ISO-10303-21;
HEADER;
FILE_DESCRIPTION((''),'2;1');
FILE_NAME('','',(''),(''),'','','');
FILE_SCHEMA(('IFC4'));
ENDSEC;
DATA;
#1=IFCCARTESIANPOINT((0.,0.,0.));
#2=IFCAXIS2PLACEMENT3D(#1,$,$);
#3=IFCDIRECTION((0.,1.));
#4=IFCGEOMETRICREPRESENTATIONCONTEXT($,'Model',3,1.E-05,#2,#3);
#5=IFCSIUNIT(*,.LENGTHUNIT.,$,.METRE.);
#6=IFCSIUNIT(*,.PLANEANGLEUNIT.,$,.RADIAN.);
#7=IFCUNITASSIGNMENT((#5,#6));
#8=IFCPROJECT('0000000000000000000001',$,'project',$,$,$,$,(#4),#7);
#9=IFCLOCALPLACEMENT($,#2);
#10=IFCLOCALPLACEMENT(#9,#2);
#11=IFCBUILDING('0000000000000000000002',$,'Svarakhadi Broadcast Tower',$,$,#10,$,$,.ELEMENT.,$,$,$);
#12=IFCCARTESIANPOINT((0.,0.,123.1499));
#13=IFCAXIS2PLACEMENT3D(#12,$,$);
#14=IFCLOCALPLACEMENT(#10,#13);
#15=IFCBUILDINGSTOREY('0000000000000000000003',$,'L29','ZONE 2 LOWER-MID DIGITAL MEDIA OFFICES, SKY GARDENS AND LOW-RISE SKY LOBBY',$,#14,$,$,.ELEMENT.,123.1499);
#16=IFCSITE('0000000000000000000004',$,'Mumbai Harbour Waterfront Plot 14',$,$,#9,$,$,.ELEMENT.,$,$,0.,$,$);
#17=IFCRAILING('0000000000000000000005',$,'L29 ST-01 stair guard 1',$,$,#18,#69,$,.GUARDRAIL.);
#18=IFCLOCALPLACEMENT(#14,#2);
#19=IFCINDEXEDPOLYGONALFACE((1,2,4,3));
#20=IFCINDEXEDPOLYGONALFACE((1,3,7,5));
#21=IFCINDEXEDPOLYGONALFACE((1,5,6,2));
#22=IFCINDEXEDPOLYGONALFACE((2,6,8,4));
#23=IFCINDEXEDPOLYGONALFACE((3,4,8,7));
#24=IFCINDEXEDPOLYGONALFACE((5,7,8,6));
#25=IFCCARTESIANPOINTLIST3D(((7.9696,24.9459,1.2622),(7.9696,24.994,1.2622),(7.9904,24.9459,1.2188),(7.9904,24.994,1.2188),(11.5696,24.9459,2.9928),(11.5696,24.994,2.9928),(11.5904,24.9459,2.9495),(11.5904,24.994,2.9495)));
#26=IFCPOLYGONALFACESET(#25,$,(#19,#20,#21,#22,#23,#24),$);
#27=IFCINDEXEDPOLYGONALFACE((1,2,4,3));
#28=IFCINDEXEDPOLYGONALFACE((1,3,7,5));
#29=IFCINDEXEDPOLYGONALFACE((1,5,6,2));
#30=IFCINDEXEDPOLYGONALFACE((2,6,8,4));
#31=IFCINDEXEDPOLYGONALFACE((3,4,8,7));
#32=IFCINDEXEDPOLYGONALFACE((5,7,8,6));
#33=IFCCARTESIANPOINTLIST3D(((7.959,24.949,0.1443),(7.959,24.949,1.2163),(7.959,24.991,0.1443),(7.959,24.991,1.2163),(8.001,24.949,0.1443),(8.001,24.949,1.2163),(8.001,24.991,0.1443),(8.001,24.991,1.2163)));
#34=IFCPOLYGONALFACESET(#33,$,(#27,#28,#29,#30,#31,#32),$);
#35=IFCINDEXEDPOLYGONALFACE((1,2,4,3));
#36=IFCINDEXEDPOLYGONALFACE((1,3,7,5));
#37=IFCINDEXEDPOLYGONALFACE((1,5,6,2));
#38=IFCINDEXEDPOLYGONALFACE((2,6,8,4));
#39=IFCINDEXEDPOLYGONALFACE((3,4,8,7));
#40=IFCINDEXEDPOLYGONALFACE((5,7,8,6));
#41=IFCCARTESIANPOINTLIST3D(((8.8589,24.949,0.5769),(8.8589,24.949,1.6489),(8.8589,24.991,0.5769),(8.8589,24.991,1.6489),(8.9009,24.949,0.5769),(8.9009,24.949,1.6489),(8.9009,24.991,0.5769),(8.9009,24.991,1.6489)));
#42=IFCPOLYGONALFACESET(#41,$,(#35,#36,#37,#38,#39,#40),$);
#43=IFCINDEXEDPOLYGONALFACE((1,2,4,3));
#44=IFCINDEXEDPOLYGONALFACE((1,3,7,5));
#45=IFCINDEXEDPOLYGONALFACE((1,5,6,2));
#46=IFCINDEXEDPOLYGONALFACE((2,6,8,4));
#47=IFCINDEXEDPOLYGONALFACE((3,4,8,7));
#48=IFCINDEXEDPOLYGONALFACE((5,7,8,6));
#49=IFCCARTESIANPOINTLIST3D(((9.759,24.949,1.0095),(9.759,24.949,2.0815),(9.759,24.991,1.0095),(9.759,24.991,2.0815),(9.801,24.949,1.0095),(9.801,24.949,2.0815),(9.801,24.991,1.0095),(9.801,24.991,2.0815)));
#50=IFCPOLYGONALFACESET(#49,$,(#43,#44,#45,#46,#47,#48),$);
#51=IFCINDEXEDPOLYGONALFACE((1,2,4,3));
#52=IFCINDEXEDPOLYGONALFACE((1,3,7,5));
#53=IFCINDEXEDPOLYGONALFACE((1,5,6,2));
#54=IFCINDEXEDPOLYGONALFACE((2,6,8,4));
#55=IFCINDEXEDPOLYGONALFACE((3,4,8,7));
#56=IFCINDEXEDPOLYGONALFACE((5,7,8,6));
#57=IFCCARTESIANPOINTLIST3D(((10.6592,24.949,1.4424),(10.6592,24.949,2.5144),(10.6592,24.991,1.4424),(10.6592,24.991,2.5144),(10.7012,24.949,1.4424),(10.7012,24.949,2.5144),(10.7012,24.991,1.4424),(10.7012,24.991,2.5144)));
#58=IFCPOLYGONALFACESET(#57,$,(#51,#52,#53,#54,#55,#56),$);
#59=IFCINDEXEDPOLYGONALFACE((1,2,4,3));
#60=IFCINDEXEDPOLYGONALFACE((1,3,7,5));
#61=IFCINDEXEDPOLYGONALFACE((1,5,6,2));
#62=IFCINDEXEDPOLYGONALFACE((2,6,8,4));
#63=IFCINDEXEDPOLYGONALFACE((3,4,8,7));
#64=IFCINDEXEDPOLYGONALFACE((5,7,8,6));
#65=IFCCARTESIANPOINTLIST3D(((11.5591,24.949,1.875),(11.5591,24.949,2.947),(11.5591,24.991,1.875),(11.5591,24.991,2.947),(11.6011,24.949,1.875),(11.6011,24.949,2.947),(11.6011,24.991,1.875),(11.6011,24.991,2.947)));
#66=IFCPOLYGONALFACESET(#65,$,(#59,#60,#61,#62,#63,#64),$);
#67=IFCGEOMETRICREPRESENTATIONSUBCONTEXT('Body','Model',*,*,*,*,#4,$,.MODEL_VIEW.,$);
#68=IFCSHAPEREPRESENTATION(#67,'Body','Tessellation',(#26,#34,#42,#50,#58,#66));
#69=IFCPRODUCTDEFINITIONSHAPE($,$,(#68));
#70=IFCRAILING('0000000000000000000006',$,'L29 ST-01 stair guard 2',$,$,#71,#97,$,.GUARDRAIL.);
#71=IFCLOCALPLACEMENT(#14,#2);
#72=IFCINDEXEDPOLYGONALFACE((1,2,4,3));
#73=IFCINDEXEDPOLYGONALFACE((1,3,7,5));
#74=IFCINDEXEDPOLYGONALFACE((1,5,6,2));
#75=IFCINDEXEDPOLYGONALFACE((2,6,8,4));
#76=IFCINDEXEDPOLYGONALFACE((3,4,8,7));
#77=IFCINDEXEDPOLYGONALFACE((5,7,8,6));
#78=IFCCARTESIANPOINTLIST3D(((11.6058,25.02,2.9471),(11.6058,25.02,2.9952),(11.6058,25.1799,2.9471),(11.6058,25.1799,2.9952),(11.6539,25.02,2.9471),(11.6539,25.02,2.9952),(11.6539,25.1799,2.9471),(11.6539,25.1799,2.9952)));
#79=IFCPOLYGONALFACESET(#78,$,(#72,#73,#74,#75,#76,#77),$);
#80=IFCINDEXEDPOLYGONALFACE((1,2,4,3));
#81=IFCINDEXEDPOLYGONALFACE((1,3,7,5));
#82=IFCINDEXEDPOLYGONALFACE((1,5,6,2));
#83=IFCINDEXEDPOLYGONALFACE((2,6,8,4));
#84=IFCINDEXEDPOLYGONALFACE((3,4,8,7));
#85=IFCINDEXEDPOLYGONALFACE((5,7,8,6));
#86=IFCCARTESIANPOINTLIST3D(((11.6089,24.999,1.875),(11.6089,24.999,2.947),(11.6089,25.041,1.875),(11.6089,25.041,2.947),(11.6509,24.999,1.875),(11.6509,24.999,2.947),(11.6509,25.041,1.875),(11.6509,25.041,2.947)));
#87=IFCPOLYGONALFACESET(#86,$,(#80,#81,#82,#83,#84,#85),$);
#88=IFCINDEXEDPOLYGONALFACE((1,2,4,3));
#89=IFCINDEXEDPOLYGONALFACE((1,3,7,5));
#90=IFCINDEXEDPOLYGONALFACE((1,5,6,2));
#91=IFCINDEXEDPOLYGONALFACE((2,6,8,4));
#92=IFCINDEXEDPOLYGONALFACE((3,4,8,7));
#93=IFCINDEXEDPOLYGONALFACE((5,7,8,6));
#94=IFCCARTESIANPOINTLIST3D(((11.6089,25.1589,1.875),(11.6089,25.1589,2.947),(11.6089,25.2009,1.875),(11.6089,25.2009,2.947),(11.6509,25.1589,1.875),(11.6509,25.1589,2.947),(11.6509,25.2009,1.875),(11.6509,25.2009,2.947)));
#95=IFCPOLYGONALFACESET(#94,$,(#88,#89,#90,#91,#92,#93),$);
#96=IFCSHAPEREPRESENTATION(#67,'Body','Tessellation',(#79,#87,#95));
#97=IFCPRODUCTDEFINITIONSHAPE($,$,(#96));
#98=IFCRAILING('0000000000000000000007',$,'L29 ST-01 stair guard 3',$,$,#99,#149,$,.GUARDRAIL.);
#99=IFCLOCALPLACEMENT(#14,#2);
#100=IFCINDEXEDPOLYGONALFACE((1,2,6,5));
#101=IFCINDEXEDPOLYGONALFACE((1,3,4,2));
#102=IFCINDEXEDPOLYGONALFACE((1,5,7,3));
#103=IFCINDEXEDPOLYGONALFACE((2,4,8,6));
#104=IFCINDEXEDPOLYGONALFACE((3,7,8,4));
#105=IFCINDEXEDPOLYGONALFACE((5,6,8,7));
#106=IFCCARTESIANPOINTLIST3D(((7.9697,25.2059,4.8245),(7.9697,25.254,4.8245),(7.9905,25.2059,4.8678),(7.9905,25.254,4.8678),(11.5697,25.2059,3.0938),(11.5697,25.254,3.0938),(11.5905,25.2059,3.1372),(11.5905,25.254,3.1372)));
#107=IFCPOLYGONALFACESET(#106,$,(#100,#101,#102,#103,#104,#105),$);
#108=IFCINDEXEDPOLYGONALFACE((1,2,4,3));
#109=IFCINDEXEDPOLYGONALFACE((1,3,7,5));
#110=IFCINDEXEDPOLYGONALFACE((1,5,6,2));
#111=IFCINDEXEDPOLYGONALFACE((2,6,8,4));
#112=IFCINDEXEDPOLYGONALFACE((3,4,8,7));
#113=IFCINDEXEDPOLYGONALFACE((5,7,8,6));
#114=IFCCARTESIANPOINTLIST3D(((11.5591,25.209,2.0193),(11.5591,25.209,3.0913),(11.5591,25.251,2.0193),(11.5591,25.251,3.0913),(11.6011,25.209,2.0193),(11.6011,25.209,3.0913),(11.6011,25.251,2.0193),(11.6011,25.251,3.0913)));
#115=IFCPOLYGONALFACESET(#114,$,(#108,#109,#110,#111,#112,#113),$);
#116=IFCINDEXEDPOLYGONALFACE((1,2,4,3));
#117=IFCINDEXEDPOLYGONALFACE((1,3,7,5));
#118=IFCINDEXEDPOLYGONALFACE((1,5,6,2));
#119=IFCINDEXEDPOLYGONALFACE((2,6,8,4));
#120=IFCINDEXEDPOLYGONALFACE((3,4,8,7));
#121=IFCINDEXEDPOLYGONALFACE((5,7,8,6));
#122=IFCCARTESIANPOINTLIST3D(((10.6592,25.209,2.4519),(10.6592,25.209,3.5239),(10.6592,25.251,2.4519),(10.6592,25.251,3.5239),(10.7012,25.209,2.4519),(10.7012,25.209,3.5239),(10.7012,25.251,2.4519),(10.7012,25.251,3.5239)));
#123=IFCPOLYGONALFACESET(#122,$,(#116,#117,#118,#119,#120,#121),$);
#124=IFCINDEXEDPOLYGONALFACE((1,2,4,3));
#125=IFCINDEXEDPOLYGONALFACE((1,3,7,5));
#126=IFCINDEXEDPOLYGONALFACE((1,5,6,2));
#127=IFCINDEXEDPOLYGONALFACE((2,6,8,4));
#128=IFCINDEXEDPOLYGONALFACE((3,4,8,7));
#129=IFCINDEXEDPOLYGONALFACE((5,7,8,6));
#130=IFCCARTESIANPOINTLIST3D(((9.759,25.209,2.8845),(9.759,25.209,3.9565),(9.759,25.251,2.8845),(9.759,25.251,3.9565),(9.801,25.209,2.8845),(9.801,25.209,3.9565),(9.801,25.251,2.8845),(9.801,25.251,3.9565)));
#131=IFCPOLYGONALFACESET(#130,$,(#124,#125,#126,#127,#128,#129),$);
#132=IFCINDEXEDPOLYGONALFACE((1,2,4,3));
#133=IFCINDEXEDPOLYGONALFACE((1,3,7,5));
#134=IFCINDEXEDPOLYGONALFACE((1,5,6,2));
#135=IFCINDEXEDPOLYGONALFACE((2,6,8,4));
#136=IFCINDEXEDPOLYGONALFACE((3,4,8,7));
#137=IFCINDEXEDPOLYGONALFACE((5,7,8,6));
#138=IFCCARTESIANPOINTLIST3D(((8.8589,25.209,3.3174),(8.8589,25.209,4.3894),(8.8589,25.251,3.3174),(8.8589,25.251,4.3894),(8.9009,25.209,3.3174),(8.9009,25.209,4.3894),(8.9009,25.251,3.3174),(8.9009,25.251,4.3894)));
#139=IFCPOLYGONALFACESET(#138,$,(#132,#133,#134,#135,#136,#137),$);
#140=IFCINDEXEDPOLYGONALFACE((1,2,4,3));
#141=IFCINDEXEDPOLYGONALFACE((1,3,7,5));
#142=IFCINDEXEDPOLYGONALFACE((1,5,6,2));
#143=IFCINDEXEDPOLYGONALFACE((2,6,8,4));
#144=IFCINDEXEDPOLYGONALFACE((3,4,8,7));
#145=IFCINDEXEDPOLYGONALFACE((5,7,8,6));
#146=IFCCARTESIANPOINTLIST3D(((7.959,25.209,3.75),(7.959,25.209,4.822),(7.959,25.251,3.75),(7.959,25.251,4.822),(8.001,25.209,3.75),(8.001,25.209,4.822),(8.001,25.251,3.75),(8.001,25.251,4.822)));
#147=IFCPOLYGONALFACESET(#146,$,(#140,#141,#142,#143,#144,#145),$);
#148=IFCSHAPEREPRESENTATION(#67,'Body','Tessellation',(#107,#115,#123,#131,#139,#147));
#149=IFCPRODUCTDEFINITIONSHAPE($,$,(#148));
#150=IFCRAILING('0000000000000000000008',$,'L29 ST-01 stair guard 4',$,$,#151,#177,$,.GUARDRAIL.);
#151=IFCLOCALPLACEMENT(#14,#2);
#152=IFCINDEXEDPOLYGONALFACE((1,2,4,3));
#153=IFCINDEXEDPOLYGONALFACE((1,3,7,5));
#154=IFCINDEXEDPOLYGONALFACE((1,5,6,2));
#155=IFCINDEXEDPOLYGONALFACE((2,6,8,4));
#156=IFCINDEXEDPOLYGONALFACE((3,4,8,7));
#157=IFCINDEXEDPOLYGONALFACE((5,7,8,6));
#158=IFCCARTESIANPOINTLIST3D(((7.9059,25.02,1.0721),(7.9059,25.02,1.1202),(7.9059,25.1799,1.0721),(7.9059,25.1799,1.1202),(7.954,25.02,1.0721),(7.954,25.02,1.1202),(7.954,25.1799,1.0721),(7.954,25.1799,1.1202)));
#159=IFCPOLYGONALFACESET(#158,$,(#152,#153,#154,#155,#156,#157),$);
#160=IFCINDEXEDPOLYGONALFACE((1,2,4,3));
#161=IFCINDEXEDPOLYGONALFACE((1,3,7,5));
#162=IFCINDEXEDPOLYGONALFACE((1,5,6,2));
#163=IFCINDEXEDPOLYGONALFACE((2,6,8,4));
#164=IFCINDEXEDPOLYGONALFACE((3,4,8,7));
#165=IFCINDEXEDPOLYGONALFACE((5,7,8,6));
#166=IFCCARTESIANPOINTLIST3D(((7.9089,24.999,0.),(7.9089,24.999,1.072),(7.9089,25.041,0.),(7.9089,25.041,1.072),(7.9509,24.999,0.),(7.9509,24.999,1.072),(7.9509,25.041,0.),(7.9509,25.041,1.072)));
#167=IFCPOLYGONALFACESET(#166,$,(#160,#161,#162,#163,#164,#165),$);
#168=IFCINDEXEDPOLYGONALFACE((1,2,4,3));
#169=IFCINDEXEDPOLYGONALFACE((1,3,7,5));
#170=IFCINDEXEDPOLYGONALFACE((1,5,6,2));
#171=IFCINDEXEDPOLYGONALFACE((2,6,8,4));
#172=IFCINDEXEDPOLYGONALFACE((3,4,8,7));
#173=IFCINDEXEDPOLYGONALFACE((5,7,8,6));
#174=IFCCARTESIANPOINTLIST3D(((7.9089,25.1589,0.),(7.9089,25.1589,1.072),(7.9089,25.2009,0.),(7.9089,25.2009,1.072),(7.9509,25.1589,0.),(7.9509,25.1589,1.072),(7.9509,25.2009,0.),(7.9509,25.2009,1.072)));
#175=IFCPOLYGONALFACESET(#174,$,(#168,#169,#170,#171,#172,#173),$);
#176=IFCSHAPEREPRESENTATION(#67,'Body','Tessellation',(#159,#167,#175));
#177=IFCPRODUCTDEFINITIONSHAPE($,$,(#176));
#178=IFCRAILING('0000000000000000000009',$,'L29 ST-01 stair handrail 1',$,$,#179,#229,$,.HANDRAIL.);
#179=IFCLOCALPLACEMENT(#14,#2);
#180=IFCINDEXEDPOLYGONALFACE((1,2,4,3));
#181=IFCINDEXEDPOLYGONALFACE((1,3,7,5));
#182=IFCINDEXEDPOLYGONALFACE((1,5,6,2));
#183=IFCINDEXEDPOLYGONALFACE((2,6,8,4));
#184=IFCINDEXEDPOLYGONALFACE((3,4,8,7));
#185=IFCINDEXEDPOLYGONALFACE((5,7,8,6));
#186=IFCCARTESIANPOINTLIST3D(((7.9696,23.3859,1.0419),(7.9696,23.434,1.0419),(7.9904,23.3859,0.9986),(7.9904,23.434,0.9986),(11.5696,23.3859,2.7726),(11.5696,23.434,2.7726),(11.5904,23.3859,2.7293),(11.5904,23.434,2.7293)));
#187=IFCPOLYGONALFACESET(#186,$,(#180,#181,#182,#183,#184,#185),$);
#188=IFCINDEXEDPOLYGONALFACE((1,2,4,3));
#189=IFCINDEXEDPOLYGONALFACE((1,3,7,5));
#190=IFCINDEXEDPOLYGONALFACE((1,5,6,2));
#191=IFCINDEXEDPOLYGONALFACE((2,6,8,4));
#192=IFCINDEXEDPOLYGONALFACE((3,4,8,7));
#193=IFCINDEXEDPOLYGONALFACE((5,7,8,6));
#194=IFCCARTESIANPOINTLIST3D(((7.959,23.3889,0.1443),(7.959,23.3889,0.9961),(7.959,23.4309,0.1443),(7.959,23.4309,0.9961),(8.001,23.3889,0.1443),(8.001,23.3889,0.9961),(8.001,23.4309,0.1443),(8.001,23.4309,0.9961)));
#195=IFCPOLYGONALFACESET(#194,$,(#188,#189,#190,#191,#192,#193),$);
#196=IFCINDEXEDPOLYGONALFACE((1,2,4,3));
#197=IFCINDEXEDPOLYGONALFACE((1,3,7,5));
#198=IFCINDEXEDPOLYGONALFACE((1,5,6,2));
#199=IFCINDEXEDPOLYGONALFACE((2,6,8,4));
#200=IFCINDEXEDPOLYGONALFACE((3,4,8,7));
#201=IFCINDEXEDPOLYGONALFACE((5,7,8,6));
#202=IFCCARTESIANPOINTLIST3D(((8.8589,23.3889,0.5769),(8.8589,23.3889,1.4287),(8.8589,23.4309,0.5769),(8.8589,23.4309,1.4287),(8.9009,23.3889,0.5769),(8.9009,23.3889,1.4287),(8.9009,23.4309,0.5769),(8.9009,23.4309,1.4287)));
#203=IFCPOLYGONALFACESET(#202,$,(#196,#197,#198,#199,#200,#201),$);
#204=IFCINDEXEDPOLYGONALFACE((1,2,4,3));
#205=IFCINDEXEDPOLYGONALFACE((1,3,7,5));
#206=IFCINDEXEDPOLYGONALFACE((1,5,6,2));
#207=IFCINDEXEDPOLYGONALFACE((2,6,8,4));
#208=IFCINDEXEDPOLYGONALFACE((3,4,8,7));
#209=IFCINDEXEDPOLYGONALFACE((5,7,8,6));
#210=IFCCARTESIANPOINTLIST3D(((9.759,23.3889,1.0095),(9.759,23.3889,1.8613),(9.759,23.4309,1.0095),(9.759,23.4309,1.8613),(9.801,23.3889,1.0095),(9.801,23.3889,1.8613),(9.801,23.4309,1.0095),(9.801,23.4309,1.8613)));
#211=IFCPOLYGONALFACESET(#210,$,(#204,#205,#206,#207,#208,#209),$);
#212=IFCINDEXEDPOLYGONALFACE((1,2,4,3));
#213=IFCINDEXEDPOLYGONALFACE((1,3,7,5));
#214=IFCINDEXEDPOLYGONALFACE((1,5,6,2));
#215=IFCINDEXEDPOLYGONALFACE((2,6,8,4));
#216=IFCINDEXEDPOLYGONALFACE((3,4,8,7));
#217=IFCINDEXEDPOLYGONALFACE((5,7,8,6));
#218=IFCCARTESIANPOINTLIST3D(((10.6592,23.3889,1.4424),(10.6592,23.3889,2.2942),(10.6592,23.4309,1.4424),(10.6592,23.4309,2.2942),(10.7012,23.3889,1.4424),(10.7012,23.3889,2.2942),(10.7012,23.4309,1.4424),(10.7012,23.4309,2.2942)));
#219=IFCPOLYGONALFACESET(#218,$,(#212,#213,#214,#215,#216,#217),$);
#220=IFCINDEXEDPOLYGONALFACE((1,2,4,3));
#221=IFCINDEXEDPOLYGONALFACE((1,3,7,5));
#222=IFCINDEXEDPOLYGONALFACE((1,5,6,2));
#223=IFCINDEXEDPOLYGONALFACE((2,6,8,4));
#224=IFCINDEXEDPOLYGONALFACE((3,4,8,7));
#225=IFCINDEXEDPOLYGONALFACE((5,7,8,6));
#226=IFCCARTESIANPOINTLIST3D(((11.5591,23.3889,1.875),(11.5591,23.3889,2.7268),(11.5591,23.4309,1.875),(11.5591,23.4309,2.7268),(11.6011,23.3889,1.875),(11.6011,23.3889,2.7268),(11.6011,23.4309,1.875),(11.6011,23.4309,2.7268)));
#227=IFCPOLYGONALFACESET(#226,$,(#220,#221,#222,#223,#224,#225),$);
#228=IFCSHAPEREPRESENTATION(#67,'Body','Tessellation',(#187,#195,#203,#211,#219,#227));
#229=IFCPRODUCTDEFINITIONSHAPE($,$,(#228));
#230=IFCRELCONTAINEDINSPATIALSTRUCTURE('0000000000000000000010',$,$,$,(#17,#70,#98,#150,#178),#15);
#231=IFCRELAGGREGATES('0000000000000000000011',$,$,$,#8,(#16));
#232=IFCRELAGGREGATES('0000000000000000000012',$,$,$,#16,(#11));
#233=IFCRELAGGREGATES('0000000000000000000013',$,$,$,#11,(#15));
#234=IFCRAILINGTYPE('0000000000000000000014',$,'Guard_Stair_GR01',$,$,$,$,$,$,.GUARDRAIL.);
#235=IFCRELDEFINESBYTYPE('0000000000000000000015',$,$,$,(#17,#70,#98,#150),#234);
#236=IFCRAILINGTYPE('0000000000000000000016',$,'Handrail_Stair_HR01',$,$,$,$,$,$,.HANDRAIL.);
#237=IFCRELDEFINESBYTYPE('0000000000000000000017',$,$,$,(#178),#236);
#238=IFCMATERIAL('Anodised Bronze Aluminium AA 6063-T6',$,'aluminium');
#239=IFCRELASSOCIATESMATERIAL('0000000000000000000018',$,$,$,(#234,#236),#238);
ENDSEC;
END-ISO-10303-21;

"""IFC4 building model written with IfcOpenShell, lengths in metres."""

from ifc_helpers import new_model, si_unit, direction, frame, origin, origin_2d, place, context, subcontext, project, spatial, rectangle, extrude, material, type_object, element, save


model = new_model("IFC4")

# Units and contexts
model_context = context("Model", 3, precision=1e-05, world=origin(), true_north=direction((0.0, 1.0)))
body_context = subcontext(model_context, "Body", "Model", "MODEL_VIEW")
ifc_project = project(units=[si_unit("LENGTHUNIT", "METRE"), si_unit("PLANEANGLEUNIT", "RADIAN")], contexts=[model_context])

# Site, building, storey
site_placement = place(None, origin())
site = spatial("IfcSite", under=ifc_project, at=site_placement, Name="Mumbai Harbour Waterfront Plot 14", CompositionType="ELEMENT", RefElevation=0.0)
building_placement = place(site_placement, origin())
building = spatial("IfcBuilding", under=site, at=building_placement, Name="Svarakhadi Broadcast Tower", CompositionType="ELEMENT")
storey_placement = place(building_placement, frame((0.0, 0.0, 123.1499)))
storey = spatial("IfcBuildingStorey", under=building, at=storey_placement, Name="L29", Description="ZONE 2 LOWER-MID DIGITAL MEDIA OFFICES, SKY GARDENS AND LOW-RISE SKY LOBBY", CompositionType="ELEMENT", Elevation=123.1499)

# Railings
ifc_material_1 = material(Name="Anodised Bronze Aluminium AA 6063-T6", Category="aluminium")
railing_type_1 = type_object("IfcRailingType", Name="Guard_Stair_GR01", PredefinedType="GUARDRAIL", material=ifc_material_1)
railing_1_placement = place(storey_placement, frame((7.98, 24.97, 0.1443)))
element("IfcRailing", 1, at=railing_1_placement, inside=storey, type_object=railing_type_1, Name="L29 ST-01 stair guard 1", PredefinedType="GUARDRAIL", context=body_context, shape_type="SweptSolid", body=[
    extrude(rectangle(XDim=0.0481, YDim=0.0481, at=origin_2d()), frame((0.0, 0.0, 1.0962), z_axis=(0.901263, 0.0, 0.433273), x_axis=(0.0, 1.0, 0.0)), (0.0, 0.0, 1.0), 3.9944),
    extrude(rectangle(XDim=0.042, YDim=0.042, at=origin_2d()), origin(), (0.0, 0.0, 1.0), 1.072),
    extrude(rectangle(XDim=0.042, YDim=0.042, at=origin_2d()), frame((0.8999, 0.0, 0.4326)), (0.0, 0.0, 1.0), 1.072),
    extrude(rectangle(XDim=0.042, YDim=0.042, at=origin_2d()), frame((1.8, 0.0, 0.8652)), (0.0, 0.0, 1.0), 1.072),
    extrude(rectangle(XDim=0.042, YDim=0.042, at=origin_2d()), frame((2.7002, 0.0, 1.2981)), (0.0, 0.0, 1.0), 1.072),
    extrude(rectangle(XDim=0.042, YDim=0.042, at=origin_2d()), frame((3.6001, 0.0, 1.7307)), (0.0, 0.0, 1.0), 1.072),
])
railing_2_placement = place(storey_placement, frame((11.6299, 25.02, 1.875)))
element("IfcRailing", 2, at=railing_2_placement, inside=storey, type_object=railing_type_1, Name="L29 ST-01 stair guard 2", PredefinedType="GUARDRAIL", context=body_context, shape_type="SweptSolid", body=[
    extrude(rectangle(XDim=0.0481, YDim=0.0481, at=origin_2d()), frame((0.0, 0.0, 1.0962), z_axis=(0.0, 1.0, 0.0), x_axis=(-1.0, 0.0, 0.0)), (0.0, 0.0, 1.0), 0.1599),
    extrude(rectangle(XDim=0.042, YDim=0.042, at=origin_2d()), origin(), (0.0, 0.0, 1.0), 1.072),
    extrude(rectangle(XDim=0.042, YDim=0.042, at=origin_2d()), frame((0.0, 0.1599, 0.0)), (0.0, 0.0, 1.0), 1.072),
])
railing_3_placement = place(storey_placement, frame((11.5801, 25.23, 2.0193)))
element("IfcRailing", 3, at=railing_3_placement, inside=storey, type_object=railing_type_1, Name="L29 ST-01 stair guard 3", PredefinedType="GUARDRAIL", context=body_context, shape_type="SweptSolid", body=[
    extrude(rectangle(XDim=0.0481, YDim=0.0481, at=origin_2d()), frame((0.0, 0.0, 1.0962), z_axis=(-0.901263, 0.0, 0.433273), x_axis=(0.0, -1.0, 0.0)), (0.0, 0.0, 1.0), 3.9944),
    extrude(rectangle(XDim=0.042, YDim=0.042, at=origin_2d()), origin(), (0.0, 0.0, 1.0), 1.072),
    extrude(rectangle(XDim=0.042, YDim=0.042, at=origin_2d()), frame((-0.8999, 0.0, 0.4326)), (0.0, 0.0, 1.0), 1.072),
    extrude(rectangle(XDim=0.042, YDim=0.042, at=origin_2d()), frame((-1.8, 0.0, 0.8652)), (0.0, 0.0, 1.0), 1.072),
    extrude(rectangle(XDim=0.042, YDim=0.042, at=origin_2d()), frame((-2.7002, 0.0, 1.2981)), (0.0, 0.0, 1.0), 1.072),
    extrude(rectangle(XDim=0.042, YDim=0.042, at=origin_2d()), frame((-3.6001, 0.0, 1.7307)), (0.0, 0.0, 1.0), 1.072),
])
railing_4_placement = place(storey_placement, frame((7.9299, 25.02, 0.0)))
element("IfcRailing", 4, at=railing_4_placement, inside=storey, type_object=railing_type_1, Name="L29 ST-01 stair guard 4", PredefinedType="GUARDRAIL", context=body_context, shape_type="SweptSolid", body=[
    extrude(rectangle(XDim=0.0481, YDim=0.0481, at=origin_2d()), frame((0.0, 0.0, 1.0962), z_axis=(0.0, 1.0, 0.0), x_axis=(-1.0, 0.0, 0.0)), (0.0, 0.0, 1.0), 0.1599),
    extrude(rectangle(XDim=0.042, YDim=0.042, at=origin_2d()), origin(), (0.0, 0.0, 1.0), 1.072),
    extrude(rectangle(XDim=0.042, YDim=0.042, at=origin_2d()), frame((0.0, 0.1599, 0.0)), (0.0, 0.0, 1.0), 1.072),
])
railing_type_2 = type_object("IfcRailingType", Name="Handrail_Stair_HR01", PredefinedType="HANDRAIL", material=ifc_material_1)
railing_5_placement = place(storey_placement, frame((7.98, 23.4099, 0.1443)))
element("IfcRailing", 5, at=railing_5_placement, inside=storey, type_object=railing_type_2, Name="L29 ST-01 stair handrail 1", PredefinedType="HANDRAIL", context=body_context, shape_type="SweptSolid", body=[
    extrude(rectangle(XDim=0.0481, YDim=0.0481, at=origin_2d()), frame((0.0, 0.0, 0.876), z_axis=(0.901263, 0.0, 0.433273), x_axis=(0.0, 1.0, 0.0)), (0.0, 0.0, 1.0), 3.9944),
    extrude(rectangle(XDim=0.042, YDim=0.042, at=origin_2d()), origin(), (0.0, 0.0, 1.0), 0.8518),
    extrude(rectangle(XDim=0.042, YDim=0.042, at=origin_2d()), frame((0.8999, 0.0, 0.4326)), (0.0, 0.0, 1.0), 0.8518),
    extrude(rectangle(XDim=0.042, YDim=0.042, at=origin_2d()), frame((1.8, 0.0, 0.8652)), (0.0, 0.0, 1.0), 0.8518),
    extrude(rectangle(XDim=0.042, YDim=0.042, at=origin_2d()), frame((2.7002, 0.0, 1.2981)), (0.0, 0.0, 1.0), 0.8518),
    extrude(rectangle(XDim=0.042, YDim=0.042, at=origin_2d()), frame((3.6001, 0.0, 1.7307)), (0.0, 0.0, 1.0), 0.8518),
])

save(model, "model.ifc")
